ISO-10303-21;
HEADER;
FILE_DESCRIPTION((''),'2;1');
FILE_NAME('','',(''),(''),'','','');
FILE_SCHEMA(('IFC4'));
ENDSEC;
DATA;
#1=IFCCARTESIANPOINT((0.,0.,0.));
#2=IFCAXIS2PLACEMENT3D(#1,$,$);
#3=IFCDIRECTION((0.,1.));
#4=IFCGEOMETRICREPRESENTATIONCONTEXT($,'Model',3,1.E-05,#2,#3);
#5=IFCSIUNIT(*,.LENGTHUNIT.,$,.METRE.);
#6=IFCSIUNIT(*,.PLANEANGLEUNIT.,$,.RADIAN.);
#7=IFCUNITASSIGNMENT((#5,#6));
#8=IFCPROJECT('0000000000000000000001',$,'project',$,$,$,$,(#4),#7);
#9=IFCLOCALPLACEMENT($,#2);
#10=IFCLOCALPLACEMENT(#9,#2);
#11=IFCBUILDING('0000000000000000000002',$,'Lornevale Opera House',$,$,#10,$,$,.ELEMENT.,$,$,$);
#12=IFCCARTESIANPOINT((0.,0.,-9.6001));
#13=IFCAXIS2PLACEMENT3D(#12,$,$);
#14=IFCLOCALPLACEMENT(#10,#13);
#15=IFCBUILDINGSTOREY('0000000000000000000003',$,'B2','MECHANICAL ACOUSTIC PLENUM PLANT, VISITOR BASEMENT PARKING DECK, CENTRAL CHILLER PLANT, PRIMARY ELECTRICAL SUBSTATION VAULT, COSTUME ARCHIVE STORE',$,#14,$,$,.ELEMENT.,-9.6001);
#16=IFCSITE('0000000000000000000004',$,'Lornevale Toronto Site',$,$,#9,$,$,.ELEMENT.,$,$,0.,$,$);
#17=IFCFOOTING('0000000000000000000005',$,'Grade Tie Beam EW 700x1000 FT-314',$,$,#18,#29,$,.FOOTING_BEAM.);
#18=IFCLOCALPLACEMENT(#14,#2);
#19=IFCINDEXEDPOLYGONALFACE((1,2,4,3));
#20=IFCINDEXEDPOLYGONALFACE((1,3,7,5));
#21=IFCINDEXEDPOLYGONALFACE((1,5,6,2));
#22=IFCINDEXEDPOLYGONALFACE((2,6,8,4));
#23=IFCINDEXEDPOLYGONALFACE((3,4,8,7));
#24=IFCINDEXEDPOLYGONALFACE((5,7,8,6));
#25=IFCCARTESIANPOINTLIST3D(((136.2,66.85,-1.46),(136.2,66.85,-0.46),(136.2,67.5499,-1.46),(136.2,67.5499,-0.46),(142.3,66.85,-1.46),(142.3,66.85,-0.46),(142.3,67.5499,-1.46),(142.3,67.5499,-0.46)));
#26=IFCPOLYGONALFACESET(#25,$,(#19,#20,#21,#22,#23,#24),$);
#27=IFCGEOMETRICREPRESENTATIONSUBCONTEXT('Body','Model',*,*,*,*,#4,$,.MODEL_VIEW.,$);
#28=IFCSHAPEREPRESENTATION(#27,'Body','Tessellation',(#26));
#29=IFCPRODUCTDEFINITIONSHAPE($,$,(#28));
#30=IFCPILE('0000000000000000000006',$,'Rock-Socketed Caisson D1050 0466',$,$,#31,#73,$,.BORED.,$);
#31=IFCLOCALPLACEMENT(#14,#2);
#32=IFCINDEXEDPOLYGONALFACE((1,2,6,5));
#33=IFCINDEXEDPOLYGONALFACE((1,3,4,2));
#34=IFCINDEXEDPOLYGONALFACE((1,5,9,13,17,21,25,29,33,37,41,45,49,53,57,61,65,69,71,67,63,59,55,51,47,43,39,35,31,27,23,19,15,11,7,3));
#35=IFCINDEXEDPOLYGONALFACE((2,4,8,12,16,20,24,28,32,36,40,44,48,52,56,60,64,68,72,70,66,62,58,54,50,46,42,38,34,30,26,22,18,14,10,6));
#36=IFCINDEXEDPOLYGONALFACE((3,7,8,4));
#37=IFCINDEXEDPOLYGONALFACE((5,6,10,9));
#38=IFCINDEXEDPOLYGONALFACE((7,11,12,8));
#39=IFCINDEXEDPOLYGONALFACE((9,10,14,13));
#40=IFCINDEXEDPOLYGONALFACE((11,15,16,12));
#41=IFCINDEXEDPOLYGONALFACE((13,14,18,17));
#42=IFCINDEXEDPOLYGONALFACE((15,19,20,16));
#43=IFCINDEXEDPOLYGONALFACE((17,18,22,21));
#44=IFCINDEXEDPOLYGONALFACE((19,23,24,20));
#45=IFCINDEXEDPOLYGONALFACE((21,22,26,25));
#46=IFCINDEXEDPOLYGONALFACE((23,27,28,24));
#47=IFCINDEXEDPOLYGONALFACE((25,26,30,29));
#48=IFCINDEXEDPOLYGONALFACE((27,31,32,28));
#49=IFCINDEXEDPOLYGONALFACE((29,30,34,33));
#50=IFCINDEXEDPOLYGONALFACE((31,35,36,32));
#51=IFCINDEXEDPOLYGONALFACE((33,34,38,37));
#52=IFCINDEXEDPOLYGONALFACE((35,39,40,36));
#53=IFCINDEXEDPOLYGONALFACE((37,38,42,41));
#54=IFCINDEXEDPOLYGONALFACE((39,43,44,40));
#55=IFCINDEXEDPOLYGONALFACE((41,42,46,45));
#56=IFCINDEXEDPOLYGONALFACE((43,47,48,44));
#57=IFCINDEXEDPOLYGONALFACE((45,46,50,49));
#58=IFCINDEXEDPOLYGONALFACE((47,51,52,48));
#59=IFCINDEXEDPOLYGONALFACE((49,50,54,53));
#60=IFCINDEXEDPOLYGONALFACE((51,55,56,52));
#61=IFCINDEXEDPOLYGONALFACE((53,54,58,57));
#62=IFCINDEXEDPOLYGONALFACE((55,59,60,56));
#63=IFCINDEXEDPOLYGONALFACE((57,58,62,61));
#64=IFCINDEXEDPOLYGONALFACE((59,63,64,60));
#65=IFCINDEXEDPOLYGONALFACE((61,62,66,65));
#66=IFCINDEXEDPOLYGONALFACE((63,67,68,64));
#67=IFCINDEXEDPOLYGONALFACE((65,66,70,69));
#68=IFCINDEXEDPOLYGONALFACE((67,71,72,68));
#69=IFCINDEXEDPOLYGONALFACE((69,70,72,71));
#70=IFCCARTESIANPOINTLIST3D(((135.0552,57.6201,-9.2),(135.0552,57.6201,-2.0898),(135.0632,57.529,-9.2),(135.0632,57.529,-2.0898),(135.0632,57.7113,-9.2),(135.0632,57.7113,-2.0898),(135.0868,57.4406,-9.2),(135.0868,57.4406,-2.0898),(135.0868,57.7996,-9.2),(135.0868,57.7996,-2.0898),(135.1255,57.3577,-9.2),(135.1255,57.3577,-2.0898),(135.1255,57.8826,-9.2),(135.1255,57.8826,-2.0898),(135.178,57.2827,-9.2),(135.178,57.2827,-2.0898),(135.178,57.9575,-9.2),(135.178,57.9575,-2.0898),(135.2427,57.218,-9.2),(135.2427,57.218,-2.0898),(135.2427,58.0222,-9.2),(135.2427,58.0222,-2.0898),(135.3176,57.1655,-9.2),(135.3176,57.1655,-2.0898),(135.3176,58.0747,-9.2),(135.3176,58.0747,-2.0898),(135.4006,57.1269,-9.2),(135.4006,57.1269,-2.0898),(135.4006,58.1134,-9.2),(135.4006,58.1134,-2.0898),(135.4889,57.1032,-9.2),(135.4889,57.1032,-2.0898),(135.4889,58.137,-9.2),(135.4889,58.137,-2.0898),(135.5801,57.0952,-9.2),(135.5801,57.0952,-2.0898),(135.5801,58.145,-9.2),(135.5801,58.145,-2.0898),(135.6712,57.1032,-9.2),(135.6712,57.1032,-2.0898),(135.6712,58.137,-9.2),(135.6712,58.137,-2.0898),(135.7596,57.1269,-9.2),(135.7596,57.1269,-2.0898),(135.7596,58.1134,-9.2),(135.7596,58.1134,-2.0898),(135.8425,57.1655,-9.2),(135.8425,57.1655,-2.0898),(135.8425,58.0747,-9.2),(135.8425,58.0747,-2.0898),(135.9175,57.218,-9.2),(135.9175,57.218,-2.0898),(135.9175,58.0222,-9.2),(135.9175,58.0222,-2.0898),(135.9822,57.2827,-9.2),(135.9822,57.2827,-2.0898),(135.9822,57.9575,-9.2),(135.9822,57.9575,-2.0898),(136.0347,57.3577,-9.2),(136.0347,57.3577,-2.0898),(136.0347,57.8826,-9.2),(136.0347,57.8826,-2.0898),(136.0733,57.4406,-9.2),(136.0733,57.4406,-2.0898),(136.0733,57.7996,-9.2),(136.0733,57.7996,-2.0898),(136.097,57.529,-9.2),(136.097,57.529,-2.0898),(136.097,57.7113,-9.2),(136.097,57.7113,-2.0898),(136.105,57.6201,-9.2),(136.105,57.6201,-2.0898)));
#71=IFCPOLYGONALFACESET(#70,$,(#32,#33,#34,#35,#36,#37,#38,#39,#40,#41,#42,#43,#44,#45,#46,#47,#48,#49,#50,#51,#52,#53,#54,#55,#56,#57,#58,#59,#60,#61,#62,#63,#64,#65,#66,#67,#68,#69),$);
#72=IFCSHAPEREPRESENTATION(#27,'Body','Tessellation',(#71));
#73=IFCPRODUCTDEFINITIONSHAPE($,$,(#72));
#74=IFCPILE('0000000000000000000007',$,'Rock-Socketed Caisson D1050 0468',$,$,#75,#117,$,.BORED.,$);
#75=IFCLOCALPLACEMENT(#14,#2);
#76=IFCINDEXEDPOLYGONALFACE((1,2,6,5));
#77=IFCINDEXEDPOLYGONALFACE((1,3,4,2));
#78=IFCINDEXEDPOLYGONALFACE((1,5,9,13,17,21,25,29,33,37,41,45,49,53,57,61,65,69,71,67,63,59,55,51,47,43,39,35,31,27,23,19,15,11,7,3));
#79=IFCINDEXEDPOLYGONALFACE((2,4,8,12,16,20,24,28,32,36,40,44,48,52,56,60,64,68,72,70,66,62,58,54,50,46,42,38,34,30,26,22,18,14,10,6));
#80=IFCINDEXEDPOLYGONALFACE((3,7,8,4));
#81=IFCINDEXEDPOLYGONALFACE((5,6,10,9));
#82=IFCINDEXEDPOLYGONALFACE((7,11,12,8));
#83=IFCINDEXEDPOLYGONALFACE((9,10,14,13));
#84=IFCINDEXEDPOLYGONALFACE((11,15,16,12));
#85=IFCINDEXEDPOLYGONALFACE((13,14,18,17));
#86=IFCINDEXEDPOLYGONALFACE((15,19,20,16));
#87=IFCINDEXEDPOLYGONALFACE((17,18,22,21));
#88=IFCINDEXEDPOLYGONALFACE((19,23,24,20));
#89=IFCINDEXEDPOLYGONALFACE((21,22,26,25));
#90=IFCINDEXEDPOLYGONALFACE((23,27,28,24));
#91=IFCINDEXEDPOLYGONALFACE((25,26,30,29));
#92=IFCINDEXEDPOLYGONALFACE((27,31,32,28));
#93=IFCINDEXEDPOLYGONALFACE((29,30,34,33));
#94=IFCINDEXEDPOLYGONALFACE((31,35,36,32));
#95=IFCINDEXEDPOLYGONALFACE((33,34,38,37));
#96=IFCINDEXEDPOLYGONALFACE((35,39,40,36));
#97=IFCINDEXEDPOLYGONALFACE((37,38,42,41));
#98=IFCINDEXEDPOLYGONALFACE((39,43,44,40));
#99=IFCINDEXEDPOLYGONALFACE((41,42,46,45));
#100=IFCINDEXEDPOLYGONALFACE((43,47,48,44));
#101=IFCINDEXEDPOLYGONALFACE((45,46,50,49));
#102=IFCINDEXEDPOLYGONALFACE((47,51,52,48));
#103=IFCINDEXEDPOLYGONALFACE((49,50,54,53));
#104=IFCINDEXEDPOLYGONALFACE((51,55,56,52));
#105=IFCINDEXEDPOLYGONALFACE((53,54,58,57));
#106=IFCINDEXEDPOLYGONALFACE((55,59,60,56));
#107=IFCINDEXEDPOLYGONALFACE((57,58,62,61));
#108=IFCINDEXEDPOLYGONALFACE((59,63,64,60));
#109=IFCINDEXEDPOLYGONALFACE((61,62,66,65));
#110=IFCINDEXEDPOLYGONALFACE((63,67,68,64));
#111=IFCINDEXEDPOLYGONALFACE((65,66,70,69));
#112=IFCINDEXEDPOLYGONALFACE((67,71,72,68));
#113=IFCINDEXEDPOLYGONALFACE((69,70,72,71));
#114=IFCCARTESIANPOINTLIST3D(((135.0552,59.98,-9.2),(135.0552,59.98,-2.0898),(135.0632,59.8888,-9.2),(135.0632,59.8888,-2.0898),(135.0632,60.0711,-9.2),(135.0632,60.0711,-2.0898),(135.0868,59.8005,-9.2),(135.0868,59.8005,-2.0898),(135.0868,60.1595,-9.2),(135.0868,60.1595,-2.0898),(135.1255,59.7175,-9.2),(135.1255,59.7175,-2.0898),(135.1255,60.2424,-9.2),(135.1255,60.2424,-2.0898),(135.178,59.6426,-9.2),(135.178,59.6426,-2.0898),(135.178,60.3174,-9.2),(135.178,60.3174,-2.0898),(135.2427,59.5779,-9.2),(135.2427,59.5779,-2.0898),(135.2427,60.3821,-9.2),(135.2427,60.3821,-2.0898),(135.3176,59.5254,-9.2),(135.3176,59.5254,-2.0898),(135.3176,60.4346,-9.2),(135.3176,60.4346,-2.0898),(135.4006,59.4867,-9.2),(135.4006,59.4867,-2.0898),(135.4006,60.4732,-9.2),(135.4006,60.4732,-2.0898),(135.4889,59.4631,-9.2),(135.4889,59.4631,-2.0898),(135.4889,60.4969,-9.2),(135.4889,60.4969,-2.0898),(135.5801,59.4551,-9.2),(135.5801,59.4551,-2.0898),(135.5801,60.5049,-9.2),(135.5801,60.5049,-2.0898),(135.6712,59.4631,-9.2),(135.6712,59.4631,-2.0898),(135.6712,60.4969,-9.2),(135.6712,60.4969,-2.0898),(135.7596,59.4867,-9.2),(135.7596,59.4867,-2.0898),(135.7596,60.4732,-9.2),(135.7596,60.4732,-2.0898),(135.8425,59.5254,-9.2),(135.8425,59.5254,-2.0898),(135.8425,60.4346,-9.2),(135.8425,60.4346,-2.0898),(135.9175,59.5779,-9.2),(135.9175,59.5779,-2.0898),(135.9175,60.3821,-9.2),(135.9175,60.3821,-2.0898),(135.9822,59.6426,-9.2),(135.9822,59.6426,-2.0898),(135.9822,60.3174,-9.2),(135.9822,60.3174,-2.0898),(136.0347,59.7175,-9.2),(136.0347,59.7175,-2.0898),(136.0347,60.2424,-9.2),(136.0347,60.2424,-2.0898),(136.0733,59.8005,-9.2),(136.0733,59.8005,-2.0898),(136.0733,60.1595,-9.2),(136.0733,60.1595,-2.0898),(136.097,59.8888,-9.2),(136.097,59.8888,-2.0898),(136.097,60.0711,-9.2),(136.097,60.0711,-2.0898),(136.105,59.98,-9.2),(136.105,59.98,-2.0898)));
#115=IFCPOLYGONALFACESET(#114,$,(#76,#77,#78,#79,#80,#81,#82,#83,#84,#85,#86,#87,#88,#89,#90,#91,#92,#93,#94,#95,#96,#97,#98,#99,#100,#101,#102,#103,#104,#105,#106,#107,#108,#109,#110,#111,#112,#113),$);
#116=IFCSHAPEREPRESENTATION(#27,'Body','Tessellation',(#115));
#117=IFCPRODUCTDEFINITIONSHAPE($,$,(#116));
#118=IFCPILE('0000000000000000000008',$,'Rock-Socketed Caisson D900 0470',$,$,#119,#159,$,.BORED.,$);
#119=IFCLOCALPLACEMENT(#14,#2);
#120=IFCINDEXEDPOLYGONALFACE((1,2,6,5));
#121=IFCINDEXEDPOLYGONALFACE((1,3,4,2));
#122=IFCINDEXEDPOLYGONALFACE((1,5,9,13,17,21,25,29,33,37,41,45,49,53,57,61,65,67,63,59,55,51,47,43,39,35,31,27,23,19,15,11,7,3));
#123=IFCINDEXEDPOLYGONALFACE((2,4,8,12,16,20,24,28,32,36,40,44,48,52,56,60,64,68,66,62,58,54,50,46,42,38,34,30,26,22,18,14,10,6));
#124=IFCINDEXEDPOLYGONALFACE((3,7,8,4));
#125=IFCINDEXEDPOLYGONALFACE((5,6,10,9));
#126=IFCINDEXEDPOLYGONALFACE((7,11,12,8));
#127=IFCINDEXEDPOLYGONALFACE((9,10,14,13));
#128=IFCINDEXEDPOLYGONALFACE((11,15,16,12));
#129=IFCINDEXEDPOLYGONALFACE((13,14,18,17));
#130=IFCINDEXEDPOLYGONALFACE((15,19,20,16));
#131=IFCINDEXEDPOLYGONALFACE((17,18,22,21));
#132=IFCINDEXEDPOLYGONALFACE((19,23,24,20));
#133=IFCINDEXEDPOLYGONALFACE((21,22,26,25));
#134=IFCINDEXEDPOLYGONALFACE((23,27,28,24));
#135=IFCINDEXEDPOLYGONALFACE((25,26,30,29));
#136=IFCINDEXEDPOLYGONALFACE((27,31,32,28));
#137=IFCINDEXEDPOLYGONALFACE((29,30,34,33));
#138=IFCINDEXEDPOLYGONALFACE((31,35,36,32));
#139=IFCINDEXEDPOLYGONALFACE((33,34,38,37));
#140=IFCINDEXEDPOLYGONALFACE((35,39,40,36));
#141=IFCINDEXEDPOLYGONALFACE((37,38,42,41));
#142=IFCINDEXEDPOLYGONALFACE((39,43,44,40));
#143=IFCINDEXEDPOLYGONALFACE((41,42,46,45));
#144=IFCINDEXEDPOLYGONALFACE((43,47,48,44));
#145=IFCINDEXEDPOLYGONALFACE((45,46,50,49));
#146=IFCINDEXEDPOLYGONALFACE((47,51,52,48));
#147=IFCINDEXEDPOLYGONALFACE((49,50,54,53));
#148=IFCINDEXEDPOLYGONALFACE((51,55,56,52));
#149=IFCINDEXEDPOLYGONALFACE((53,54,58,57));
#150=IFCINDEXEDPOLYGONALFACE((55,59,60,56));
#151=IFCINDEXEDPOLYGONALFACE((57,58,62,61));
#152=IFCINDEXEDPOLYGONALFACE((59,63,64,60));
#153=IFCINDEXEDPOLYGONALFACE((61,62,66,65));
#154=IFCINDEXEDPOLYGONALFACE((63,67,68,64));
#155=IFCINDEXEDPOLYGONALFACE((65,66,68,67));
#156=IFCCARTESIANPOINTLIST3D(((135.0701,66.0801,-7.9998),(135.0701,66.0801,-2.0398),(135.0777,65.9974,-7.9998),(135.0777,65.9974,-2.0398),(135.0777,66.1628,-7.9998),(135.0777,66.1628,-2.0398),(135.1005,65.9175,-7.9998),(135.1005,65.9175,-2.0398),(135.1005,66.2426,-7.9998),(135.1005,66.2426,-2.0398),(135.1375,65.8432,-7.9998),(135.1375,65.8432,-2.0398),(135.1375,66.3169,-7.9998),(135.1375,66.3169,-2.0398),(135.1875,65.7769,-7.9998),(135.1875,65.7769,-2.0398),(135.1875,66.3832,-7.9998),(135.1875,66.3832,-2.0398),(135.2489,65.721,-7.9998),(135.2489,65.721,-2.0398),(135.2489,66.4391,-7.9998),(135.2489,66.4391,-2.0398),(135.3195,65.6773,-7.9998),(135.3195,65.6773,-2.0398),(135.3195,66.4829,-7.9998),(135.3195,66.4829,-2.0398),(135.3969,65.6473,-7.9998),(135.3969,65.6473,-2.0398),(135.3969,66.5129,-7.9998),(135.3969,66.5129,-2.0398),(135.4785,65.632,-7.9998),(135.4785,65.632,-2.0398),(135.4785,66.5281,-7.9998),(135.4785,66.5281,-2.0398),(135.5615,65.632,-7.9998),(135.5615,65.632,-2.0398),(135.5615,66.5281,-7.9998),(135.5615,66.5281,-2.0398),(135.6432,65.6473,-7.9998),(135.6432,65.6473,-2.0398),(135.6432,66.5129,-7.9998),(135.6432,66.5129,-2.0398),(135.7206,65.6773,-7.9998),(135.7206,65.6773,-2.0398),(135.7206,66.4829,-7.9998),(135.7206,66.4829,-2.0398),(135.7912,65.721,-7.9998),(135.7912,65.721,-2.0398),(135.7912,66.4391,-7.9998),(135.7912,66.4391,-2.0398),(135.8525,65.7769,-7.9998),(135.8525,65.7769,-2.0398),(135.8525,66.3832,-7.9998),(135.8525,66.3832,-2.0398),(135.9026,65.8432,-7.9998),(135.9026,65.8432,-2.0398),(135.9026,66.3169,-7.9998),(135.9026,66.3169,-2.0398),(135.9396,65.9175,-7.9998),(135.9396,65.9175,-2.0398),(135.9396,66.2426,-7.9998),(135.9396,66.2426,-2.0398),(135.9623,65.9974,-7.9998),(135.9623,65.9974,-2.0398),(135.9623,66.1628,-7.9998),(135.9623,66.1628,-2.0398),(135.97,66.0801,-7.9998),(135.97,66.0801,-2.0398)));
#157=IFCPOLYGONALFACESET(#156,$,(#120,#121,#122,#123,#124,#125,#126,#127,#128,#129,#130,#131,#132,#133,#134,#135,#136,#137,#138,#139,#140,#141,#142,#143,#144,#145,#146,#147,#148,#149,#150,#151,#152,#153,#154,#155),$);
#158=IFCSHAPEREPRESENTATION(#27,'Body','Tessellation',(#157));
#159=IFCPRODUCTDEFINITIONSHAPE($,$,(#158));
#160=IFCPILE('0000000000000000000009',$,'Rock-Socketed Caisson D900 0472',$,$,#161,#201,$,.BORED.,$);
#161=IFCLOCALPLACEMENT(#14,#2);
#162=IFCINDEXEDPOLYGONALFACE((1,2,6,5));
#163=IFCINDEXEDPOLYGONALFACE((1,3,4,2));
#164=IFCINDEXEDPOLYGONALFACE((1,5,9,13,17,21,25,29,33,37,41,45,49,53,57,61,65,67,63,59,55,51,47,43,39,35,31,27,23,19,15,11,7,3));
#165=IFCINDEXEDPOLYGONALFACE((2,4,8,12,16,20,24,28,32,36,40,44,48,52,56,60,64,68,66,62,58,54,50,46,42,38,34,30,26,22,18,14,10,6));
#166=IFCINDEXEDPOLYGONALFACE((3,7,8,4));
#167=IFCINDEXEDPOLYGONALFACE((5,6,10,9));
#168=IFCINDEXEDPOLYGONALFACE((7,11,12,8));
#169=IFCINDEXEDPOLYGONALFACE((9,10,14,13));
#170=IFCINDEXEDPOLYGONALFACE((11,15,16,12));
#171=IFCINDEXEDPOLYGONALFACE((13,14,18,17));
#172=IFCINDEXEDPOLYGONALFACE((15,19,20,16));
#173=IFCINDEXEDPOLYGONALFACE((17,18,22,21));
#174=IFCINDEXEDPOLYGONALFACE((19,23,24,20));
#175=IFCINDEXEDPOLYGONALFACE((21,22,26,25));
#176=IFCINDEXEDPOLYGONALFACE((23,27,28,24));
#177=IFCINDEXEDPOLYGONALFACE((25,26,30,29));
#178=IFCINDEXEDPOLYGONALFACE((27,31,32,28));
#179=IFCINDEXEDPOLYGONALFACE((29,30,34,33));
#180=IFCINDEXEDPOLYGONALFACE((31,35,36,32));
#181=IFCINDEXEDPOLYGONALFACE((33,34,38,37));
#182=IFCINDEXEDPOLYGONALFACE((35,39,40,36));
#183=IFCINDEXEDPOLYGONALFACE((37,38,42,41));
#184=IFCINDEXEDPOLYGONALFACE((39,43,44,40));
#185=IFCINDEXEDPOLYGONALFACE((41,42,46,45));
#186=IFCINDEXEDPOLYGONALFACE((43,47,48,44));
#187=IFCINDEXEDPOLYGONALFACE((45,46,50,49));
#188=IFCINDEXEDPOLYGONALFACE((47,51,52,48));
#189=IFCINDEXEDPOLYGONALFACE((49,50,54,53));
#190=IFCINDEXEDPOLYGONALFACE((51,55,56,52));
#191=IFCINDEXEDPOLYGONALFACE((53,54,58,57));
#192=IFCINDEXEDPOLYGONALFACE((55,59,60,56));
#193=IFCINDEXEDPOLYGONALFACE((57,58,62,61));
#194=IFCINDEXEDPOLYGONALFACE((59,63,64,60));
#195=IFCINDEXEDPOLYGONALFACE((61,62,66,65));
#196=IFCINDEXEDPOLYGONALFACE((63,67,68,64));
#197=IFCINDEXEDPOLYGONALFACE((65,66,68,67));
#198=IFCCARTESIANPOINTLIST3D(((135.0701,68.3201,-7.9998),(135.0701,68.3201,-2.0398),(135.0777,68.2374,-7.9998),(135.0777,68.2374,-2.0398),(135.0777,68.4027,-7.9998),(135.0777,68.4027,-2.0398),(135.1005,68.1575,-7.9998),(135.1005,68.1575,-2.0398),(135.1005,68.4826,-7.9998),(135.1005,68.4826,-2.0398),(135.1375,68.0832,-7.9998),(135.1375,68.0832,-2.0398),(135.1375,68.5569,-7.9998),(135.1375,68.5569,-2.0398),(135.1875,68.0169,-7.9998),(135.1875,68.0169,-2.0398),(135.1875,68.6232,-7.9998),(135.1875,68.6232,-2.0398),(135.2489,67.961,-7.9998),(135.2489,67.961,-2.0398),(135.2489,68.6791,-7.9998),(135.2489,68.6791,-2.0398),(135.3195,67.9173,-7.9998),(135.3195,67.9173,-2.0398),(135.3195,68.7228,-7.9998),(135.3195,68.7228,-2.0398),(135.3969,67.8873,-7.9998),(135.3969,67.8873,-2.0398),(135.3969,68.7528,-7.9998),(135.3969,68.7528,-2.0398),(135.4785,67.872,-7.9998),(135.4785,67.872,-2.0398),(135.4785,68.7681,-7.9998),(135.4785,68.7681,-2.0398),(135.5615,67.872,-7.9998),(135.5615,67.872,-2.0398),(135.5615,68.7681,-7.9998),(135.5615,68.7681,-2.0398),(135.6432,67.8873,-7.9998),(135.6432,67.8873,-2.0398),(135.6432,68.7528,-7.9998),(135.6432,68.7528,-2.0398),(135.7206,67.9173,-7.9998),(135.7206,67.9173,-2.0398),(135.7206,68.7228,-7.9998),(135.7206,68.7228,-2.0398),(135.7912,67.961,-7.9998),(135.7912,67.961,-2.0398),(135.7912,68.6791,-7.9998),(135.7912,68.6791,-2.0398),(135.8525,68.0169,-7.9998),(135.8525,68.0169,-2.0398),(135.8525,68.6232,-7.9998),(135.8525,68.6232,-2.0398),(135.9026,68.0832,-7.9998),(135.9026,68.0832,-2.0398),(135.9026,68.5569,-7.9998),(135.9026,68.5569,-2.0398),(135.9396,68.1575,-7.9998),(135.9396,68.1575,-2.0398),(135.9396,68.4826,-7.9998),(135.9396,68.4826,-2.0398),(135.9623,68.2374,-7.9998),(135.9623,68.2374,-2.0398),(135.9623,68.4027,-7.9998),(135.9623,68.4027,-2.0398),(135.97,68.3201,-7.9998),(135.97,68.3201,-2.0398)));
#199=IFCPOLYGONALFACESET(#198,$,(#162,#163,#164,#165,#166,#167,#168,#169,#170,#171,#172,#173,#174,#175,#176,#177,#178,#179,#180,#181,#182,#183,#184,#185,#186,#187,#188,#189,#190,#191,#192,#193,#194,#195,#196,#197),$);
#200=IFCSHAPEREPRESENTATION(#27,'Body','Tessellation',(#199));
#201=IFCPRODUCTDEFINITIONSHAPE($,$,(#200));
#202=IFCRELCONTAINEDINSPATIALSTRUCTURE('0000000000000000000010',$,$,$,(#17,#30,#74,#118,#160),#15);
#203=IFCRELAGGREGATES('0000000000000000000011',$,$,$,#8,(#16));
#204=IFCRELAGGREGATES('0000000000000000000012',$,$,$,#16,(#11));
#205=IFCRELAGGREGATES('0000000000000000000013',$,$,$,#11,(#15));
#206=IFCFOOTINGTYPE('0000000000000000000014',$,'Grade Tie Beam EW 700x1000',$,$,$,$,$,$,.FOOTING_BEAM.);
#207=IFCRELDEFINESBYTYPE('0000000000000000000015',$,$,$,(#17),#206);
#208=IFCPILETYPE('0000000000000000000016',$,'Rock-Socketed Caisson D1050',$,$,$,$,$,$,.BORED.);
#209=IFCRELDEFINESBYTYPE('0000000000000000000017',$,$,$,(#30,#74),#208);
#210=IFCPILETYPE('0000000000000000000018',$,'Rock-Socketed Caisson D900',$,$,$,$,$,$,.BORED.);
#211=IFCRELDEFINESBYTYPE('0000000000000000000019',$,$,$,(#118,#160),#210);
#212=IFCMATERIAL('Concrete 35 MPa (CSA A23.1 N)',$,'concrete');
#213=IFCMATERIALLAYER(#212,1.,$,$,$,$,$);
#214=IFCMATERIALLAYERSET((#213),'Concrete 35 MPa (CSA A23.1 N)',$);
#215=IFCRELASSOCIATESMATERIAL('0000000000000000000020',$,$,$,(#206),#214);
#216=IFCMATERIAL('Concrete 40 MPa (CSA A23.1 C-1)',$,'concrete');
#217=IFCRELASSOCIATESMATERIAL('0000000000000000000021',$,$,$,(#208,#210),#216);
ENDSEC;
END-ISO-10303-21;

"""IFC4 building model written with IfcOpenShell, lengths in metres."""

from ifc_helpers import new_model, si_unit, direction, frame, origin, origin_2d, place, context, subcontext, project, spatial, rectangle, circle, extrude, material, layer, layer_set, material_profile, profile_set, type_object, element, save


model = new_model("IFC4")

# Units and contexts
model_context = context("Model", 3, precision=1e-05, world=origin(), true_north=direction((0.0, 1.0)))
body_context = subcontext(model_context, "Body", "Model", "MODEL_VIEW")
ifc_project = project(units=[si_unit("LENGTHUNIT", "METRE"), si_unit("PLANEANGLEUNIT", "RADIAN")], contexts=[model_context])

# Site, building, storey
site_placement = place(None, origin())
site = spatial("IfcSite", under=ifc_project, at=site_placement, Name="Lornevale Toronto Site", CompositionType="ELEMENT", RefElevation=0.0)
building_placement = place(site_placement, origin())
building = spatial("IfcBuilding", under=site, at=building_placement, Name="Lornevale Opera House", CompositionType="ELEMENT")
storey_placement = place(building_placement, frame((0.0, 0.0, -9.6001)))
storey = spatial("IfcBuildingStorey", under=building, at=storey_placement, Name="B2", Description="MECHANICAL ACOUSTIC PLENUM PLANT, VISITOR BASEMENT PARKING DECK, CENTRAL CHILLER PLANT, PRIMARY ELECTRICAL SUBSTATION VAULT, COSTUME ARCHIVE STORE", CompositionType="ELEMENT", Elevation=-9.6001)

# Footing
ifc_material_1 = material(Name="Concrete 35 MPa (CSA A23.1 N)", Category="concrete")
ifc_layer_1 = layer(ifc_material_1, 1.0)
ifc_layer_set_1 = layer_set([ifc_layer_1], Name="Concrete 35 MPa (CSA A23.1 N)")
footing_type = type_object("IfcFootingType", Name="Grade Tie Beam EW 700x1000", PredefinedType="FOOTING_BEAM", material=ifc_layer_set_1)
footing_placement = place(storey_placement, frame((139.25, 67.2, -1.46), z_axis=(0.0, 0.0, 1.0), x_axis=(1.0, 0.0, 0.0)))
element("IfcFooting", 1, at=footing_placement, inside=storey, type_object=footing_type, Name="Grade Tie Beam EW 700x1000 FT-314", PredefinedType="FOOTING_BEAM", context=body_context, shape_type="SweptSolid", body=[
    extrude(rectangle(XDim=6.1001, YDim=0.7, at=origin_2d()), origin(), (0.0, 0.0, 1.0), 1.0),
])

# Piles
ifc_material_2 = material(Name="Concrete 40 MPa (CSA A23.1 C-1)", Category="concrete")
ifc_material_profile_1 = material_profile(ifc_material_2, circle(Radius=0.5249, at=origin_2d()), Name="CAIS1050")
ifc_profile_set_1 = profile_set([ifc_material_profile_1], Name="Concrete 40 MPa (CSA A23.1 C-1)")
pile_type_1 = type_object("IfcPileType", Name="Rock-Socketed Caisson D1050", PredefinedType="BORED", material=ifc_profile_set_1)
for number, where, z_axis, x_axis, name in (
    (2, (135.5801, 57.6201, -2.0898), (0.0, 0.0, -1.0), (1.0, 0.0, 0.0), "Rock-Socketed Caisson D1050 0466"),
    (3, (135.5801, 59.98, -2.0898), (0.0, 0.0, -1.0), (1.0, 0.0, 0.0), "Rock-Socketed Caisson D1050 0468"),
):
    element("IfcPile", number, at=place(storey_placement, frame(where, z_axis=z_axis, x_axis=x_axis)), inside=storey, type_object=pile_type_1, Name=name, PredefinedType="BORED", context=body_context, shape_type="SweptSolid", body=[
        extrude(circle(Radius=0.5249, at=origin_2d()), origin(), (0.0, 0.0, 1.0), 7.1101),
    ])
ifc_material_profile_2 = material_profile(ifc_material_2, circle(Radius=0.45, at=origin_2d()), Name="CAIS900")
ifc_profile_set_2 = profile_set([ifc_material_profile_2], Name="Concrete 40 MPa (CSA A23.1 C-1)")
pile_type_2 = type_object("IfcPileType", Name="Rock-Socketed Caisson D900", PredefinedType="BORED", material=ifc_profile_set_2)
for number, where, z_axis, x_axis, name in (
    (4, (135.52, 66.0801, -2.0398), (0.0, 0.0, -1.0), (1.0, 0.0, 0.0), "Rock-Socketed Caisson D900 0470"),
    (5, (135.52, 68.3201, -2.0398), (0.0, 0.0, -1.0), (1.0, 0.0, 0.0), "Rock-Socketed Caisson D900 0472"),
):
    element("IfcPile", number, at=place(storey_placement, frame(where, z_axis=z_axis, x_axis=x_axis)), inside=storey, type_object=pile_type_2, Name=name, PredefinedType="BORED", context=body_context, shape_type="SweptSolid", body=[
        extrude(circle(Radius=0.45, at=origin_2d()), origin(), (0.0, 0.0, 1.0), 5.96),
    ])

save(model, "model.ifc")
